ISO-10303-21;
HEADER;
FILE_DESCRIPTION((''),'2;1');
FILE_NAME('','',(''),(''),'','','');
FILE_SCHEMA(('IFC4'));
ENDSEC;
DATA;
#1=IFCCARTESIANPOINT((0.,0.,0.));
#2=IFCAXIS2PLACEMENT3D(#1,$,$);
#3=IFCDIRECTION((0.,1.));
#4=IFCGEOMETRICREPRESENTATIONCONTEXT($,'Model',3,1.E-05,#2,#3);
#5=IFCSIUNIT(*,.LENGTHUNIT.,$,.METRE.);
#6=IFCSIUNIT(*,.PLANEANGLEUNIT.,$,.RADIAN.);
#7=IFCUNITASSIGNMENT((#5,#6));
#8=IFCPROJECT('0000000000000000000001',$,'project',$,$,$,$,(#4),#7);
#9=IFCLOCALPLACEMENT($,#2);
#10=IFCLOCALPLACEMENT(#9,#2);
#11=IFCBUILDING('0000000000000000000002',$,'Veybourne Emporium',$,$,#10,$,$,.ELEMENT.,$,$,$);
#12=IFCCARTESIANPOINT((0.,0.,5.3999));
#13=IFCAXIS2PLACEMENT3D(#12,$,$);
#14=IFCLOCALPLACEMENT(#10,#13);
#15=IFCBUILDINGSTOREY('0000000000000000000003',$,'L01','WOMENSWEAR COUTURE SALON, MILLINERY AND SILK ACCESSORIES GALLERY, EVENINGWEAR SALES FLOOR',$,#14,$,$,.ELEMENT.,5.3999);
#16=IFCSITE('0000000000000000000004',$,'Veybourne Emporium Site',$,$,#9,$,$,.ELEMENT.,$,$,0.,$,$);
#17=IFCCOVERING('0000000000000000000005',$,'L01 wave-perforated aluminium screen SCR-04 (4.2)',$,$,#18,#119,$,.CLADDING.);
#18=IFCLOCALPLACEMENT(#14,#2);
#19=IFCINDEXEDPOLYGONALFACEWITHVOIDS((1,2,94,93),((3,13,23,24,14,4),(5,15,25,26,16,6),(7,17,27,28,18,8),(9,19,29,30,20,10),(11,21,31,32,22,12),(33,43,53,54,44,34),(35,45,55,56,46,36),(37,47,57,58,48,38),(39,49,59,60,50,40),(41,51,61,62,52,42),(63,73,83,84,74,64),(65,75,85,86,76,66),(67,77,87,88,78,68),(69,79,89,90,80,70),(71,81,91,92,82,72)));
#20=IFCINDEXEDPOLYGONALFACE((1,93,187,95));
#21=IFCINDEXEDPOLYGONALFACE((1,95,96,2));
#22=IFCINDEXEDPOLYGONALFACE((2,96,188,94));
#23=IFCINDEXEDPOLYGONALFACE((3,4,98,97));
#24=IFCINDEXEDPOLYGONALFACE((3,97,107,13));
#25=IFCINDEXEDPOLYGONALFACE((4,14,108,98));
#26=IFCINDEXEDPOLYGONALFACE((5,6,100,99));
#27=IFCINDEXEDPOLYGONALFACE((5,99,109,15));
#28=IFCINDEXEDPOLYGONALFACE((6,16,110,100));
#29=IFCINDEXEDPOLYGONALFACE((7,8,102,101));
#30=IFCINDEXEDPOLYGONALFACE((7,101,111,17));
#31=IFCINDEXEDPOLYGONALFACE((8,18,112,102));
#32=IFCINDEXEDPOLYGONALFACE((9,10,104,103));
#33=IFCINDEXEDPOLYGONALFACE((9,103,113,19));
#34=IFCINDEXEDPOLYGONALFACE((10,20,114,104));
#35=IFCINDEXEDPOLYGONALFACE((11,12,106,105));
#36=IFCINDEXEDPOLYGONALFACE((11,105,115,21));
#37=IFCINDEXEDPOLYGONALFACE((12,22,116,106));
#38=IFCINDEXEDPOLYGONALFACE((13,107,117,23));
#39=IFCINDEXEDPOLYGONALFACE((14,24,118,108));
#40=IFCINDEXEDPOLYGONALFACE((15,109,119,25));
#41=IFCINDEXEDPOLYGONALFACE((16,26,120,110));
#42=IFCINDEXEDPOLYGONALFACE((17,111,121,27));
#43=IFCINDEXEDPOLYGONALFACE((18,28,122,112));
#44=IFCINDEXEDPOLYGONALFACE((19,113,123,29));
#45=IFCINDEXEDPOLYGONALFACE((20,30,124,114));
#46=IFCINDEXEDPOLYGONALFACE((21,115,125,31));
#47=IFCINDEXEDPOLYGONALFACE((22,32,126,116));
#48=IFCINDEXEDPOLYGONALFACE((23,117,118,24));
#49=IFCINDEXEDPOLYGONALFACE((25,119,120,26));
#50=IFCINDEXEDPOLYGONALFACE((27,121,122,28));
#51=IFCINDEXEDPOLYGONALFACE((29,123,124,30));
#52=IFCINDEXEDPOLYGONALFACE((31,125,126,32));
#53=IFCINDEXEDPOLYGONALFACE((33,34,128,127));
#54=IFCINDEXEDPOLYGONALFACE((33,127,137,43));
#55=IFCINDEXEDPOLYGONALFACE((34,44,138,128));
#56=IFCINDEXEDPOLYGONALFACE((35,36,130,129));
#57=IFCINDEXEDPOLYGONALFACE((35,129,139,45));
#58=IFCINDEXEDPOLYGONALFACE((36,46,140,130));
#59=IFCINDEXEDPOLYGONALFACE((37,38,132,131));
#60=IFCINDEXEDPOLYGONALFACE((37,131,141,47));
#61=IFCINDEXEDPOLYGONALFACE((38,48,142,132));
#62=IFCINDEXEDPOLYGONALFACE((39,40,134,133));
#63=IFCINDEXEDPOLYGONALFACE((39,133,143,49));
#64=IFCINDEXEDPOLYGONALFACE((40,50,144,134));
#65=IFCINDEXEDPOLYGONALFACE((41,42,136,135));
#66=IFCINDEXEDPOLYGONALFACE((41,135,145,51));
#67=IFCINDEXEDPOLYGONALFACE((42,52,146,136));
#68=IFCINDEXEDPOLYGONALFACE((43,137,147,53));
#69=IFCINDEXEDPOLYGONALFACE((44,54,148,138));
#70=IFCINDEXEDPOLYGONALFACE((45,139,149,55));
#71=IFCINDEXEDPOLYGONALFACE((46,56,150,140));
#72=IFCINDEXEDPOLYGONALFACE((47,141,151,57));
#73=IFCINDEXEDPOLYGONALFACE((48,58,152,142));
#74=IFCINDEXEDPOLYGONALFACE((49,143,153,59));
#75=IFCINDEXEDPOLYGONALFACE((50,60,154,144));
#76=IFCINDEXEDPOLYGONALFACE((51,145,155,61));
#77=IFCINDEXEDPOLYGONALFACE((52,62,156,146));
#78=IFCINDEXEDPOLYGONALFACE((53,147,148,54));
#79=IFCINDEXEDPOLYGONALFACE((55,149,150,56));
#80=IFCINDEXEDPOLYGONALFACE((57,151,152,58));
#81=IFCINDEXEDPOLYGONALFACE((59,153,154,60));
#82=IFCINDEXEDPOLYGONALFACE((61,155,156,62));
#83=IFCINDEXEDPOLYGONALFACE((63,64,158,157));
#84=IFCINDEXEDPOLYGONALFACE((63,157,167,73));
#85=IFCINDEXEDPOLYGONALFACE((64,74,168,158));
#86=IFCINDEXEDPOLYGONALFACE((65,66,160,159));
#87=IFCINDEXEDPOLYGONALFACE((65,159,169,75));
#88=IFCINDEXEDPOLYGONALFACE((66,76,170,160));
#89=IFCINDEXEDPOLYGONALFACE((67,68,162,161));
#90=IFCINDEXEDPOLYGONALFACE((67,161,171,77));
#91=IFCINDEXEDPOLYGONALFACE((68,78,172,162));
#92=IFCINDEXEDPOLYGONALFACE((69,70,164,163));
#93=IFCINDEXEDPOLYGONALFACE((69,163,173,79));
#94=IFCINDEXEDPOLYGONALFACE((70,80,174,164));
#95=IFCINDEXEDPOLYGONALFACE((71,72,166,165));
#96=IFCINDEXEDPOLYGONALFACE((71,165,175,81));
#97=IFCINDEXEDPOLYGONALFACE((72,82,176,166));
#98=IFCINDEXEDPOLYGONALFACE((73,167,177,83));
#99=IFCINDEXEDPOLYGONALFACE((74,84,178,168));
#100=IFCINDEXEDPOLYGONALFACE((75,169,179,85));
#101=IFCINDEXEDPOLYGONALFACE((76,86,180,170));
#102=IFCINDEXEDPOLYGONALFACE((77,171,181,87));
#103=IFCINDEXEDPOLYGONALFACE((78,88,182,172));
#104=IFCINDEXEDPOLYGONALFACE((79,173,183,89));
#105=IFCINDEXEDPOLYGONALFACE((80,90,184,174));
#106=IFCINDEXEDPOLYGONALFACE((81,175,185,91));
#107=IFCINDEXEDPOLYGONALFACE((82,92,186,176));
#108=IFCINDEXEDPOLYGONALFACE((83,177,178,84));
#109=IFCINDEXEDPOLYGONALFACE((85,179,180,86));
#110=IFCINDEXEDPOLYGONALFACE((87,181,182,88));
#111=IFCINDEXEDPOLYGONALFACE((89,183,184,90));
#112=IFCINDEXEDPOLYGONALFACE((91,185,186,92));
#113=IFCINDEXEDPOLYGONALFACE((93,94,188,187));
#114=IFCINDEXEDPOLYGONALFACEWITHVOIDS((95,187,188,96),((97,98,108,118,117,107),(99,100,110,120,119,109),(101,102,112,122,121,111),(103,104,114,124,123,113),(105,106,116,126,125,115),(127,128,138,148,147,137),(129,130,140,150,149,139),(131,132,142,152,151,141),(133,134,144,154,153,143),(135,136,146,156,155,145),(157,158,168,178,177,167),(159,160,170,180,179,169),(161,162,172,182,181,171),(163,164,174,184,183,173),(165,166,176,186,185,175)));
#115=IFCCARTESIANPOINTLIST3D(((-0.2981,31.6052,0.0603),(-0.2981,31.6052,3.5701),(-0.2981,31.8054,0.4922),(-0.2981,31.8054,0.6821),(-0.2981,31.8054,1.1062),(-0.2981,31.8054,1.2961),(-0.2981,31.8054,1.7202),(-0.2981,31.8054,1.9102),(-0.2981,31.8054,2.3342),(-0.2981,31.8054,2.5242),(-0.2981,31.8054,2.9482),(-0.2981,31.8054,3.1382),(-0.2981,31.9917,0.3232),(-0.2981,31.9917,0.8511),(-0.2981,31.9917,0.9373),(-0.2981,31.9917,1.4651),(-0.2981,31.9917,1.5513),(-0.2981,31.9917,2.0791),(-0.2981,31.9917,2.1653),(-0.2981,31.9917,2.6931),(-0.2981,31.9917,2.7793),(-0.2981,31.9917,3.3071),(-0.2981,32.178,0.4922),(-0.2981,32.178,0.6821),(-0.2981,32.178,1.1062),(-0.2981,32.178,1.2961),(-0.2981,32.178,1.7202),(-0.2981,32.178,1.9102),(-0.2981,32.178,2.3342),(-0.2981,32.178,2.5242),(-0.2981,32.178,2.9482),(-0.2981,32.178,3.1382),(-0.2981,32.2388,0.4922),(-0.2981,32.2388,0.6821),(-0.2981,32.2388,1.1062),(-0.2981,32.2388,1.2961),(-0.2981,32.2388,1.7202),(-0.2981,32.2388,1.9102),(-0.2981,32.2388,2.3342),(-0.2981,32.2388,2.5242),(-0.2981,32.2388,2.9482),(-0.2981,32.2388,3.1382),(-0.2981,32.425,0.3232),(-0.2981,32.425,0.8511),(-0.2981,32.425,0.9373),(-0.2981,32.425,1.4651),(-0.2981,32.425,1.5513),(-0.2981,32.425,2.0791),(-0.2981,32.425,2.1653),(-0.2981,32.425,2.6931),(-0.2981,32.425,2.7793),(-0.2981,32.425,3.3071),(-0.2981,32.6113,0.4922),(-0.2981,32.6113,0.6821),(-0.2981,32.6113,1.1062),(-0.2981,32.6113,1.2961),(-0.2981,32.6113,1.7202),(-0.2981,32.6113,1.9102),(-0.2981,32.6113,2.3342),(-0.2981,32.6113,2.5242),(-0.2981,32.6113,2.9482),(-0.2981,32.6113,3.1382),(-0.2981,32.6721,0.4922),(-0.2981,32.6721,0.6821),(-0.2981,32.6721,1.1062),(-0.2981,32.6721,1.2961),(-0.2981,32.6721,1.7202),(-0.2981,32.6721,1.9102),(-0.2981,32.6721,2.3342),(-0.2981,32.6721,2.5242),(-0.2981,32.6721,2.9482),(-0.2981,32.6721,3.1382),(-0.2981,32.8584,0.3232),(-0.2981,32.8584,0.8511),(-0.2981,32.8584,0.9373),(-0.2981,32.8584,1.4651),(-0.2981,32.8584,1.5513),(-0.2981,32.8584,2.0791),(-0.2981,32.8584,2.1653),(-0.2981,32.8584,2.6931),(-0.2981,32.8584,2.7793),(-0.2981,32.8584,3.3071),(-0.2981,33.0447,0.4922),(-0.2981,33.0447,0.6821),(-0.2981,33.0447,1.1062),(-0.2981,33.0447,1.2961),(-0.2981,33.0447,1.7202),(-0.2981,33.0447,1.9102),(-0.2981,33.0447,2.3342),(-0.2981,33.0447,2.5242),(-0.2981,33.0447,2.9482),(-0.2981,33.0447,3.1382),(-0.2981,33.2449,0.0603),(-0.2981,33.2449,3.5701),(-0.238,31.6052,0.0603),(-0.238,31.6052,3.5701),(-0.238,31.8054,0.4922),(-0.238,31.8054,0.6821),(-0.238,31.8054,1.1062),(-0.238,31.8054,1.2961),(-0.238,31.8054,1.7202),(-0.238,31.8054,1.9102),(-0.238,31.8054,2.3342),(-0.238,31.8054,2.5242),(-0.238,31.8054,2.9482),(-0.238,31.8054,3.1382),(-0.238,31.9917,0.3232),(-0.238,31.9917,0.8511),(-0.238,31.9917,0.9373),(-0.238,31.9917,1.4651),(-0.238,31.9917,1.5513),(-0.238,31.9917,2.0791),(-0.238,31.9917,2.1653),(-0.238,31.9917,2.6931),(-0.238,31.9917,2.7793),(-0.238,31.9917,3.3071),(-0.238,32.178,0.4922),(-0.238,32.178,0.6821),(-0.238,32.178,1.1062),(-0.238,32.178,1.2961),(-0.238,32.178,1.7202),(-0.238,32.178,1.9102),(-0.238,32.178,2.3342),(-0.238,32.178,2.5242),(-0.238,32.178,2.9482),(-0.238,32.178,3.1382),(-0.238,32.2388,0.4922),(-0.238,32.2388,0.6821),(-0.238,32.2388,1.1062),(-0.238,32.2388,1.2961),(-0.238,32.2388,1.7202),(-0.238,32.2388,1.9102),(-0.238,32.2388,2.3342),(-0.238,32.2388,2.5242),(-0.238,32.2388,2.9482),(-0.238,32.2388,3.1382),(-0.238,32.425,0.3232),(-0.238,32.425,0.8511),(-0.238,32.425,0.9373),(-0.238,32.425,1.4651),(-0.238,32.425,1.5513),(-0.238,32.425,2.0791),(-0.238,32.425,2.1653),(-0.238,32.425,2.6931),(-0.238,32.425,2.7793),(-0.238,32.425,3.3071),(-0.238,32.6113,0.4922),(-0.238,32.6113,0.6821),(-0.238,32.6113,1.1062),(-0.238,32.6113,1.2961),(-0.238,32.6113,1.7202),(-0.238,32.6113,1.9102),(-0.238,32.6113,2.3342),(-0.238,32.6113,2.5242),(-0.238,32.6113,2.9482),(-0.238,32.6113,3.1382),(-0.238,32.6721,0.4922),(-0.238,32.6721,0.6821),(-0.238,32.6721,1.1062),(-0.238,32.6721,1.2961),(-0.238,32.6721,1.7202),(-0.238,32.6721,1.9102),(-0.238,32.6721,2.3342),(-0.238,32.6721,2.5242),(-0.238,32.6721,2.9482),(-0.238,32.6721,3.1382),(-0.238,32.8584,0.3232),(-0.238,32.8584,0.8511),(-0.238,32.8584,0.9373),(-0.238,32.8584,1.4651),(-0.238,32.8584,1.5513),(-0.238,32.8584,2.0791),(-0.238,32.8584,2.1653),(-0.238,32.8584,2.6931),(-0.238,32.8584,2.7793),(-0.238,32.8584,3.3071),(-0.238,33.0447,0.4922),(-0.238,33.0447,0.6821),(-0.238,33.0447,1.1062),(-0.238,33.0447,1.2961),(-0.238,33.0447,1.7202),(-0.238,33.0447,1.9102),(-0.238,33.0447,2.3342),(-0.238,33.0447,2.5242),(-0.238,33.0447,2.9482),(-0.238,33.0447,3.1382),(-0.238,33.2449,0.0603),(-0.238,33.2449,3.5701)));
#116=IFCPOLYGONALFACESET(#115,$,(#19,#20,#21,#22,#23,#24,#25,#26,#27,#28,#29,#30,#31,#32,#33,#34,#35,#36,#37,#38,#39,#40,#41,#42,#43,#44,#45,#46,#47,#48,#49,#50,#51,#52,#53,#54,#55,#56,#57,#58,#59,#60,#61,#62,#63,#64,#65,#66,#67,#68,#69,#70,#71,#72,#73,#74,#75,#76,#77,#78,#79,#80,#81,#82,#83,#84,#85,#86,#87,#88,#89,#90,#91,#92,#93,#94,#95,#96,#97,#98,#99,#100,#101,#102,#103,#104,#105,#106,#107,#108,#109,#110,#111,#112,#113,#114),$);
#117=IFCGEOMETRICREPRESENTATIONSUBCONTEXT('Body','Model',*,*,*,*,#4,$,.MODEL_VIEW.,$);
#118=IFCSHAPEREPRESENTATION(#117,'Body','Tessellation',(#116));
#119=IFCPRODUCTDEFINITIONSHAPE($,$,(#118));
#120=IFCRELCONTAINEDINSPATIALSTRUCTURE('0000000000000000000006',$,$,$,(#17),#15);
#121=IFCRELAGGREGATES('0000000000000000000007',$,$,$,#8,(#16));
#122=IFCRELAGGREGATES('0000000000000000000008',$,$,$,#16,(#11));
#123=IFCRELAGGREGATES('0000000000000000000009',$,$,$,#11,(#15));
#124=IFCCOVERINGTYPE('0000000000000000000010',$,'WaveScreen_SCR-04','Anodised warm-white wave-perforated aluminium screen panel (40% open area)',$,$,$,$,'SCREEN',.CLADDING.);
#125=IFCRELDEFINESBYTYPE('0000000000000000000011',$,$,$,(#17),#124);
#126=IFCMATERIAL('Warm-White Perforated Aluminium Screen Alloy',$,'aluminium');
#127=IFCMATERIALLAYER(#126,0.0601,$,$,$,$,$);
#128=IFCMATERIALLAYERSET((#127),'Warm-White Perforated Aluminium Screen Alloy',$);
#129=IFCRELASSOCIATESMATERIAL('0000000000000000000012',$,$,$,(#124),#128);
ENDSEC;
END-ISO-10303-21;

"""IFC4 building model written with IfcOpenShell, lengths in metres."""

from ifc_helpers import new_model, si_unit, direction, frame, origin, place, context, subcontext, project, spatial, polyline, outline, extrude, material, layer, layer_set, type_object, element, save


model = new_model("IFC4")

# Units and contexts
model_context = context("Model", 3, precision=1e-05, world=origin(), true_north=direction((0.0, 1.0)))
body_context = subcontext(model_context, "Body", "Model", "MODEL_VIEW")
ifc_project = project(units=[si_unit("LENGTHUNIT", "METRE"), si_unit("PLANEANGLEUNIT", "RADIAN")], contexts=[model_context])

# Site, building, storey
site_placement = place(None, origin())
site = spatial("IfcSite", under=ifc_project, at=site_placement, Name="Veybourne Emporium Site", CompositionType="ELEMENT", RefElevation=0.0)
building_placement = place(site_placement, origin())
building = spatial("IfcBuilding", under=site, at=building_placement, Name="Veybourne Emporium", CompositionType="ELEMENT")
storey_placement = place(building_placement, frame((0.0, 0.0, 5.3999)))
storey = spatial("IfcBuildingStorey", under=building, at=storey_placement, Name="L01", Description="WOMENSWEAR COUTURE SALON, MILLINERY AND SILK ACCESSORIES GALLERY, EVENINGWEAR SALES FLOOR", CompositionType="ELEMENT", Elevation=5.3999)

# Covering
ifc_material_1 = material(Name="Warm-White Perforated Aluminium Screen Alloy", Category="aluminium")
ifc_layer_1 = layer(ifc_material_1, 0.0601)
ifc_layer_set_1 = layer_set([ifc_layer_1], Name="Warm-White Perforated Aluminium Screen Alloy")
covering_type_1 = type_object("IfcCoveringType", Name="WaveScreen_SCR-04", Description="Anodised warm-white wave-perforated aluminium screen panel (40% open area)", ElementType="SCREEN", PredefinedType="CLADDING", material=ifc_layer_set_1)
covering_1_placement = place(storey_placement, frame((-0.2981, 32.425, 1.8152), z_axis=(1.0, 0.0, 0.0), x_axis=(0.0, 1.0, 0.0)))
element("IfcCovering", 1, at=covering_1_placement, inside=storey, type_object=covering_type_1, Name="L01 wave-perforated aluminium screen SCR-04 (4.2)", PredefinedType="CLADDING", context=body_context, shape_type="SweptSolid", body=[
    extrude(outline(polyline([(-0.8198, -1.7549), (0.8198, -1.7549), (0.8198, 1.7549), (-0.8198, 1.7549), (-0.8198, -1.7549)]), holes=[polyline([(-0.4333, -0.9641), (-0.2471, -1.1331), (-0.2471, -1.323), (-0.4333, -1.4919), (-0.6196, -1.323), (-0.6196, -1.1331), (-0.4333, -0.9641)]), polyline([(-0.4333, -0.3501), (-0.2471, -0.519), (-0.2471, -0.709), (-0.4333, -0.8779), (-0.6196, -0.709), (-0.6196, -0.519), (-0.4333, -0.3501)]), polyline([(-0.4333, 0.2639), (-0.2471, 0.095), (-0.2471, -0.095), (-0.4333, -0.2639), (-0.6196, -0.095), (-0.6196, 0.095), (-0.4333, 0.2639)]), polyline([(-0.4333, 0.8779), (-0.2471, 0.709), (-0.2471, 0.519), (-0.4333, 0.3501), (-0.6196, 0.519), (-0.6196, 0.709), (-0.4333, 0.8779)]), polyline([(-0.4333, 1.4919), (-0.2471, 1.323), (-0.2471, 1.1331), (-0.4333, 0.9641), (-0.6196, 1.1331), (-0.6196, 1.323), (-0.4333, 1.4919)]), polyline([(0.0, -0.9641), (0.1863, -1.1331), (0.1863, -1.323), (0.0, -1.4919), (-0.1863, -1.323), (-0.1863, -1.1331), (0.0, -0.9641)]), polyline([(0.0, -0.3501), (0.1863, -0.519), (0.1863, -0.709), (0.0, -0.8779), (-0.1863, -0.709), (-0.1863, -0.519), (0.0, -0.3501)]), polyline([(0.0, 0.2639), (0.1863, 0.095), (0.1863, -0.095), (0.0, -0.2639), (-0.1863, -0.095), (-0.1863, 0.095), (0.0, 0.2639)]), polyline([(0.0, 0.8779), (0.1863, 0.709), (0.1863, 0.519), (0.0, 0.3501), (-0.1863, 0.519), (-0.1863, 0.709), (0.0, 0.8779)]), polyline([(0.0, 1.4919), (0.1863, 1.323), (0.1863, 1.1331), (0.0, 0.9641), (-0.1863, 1.1331), (-0.1863, 1.323), (0.0, 1.4919)]), polyline([(0.4333, -0.9641), (0.6196, -1.1331), (0.6196, -1.323), (0.4333, -1.4919), (0.2471, -1.323), (0.2471, -1.1331), (0.4333, -0.9641)]), polyline([(0.4333, -0.3501), (0.6196, -0.519), (0.6196, -0.709), (0.4333, -0.8779), (0.2471, -0.709), (0.2471, -0.519), (0.4333, -0.3501)]), polyline([(0.4333, 0.2639), (0.6196, 0.095), (0.6196, -0.095), (0.4333, -0.2639), (0.2471, -0.095), (0.2471, 0.095), (0.4333, 0.2639)]), polyline([(0.4333, 0.8779), (0.6196, 0.709), (0.6196, 0.519), (0.4333, 0.3501), (0.2471, 0.519), (0.2471, 0.709), (0.4333, 0.8779)]), polyline([(0.4333, 1.4919), (0.6196, 1.323), (0.6196, 1.1331), (0.4333, 0.9641), (0.2471, 1.1331), (0.2471, 1.323), (0.4333, 1.4919)])]), origin(), (0.0, 0.0, 1.0), 0.0601),
])

save(model, "model.ifc")
